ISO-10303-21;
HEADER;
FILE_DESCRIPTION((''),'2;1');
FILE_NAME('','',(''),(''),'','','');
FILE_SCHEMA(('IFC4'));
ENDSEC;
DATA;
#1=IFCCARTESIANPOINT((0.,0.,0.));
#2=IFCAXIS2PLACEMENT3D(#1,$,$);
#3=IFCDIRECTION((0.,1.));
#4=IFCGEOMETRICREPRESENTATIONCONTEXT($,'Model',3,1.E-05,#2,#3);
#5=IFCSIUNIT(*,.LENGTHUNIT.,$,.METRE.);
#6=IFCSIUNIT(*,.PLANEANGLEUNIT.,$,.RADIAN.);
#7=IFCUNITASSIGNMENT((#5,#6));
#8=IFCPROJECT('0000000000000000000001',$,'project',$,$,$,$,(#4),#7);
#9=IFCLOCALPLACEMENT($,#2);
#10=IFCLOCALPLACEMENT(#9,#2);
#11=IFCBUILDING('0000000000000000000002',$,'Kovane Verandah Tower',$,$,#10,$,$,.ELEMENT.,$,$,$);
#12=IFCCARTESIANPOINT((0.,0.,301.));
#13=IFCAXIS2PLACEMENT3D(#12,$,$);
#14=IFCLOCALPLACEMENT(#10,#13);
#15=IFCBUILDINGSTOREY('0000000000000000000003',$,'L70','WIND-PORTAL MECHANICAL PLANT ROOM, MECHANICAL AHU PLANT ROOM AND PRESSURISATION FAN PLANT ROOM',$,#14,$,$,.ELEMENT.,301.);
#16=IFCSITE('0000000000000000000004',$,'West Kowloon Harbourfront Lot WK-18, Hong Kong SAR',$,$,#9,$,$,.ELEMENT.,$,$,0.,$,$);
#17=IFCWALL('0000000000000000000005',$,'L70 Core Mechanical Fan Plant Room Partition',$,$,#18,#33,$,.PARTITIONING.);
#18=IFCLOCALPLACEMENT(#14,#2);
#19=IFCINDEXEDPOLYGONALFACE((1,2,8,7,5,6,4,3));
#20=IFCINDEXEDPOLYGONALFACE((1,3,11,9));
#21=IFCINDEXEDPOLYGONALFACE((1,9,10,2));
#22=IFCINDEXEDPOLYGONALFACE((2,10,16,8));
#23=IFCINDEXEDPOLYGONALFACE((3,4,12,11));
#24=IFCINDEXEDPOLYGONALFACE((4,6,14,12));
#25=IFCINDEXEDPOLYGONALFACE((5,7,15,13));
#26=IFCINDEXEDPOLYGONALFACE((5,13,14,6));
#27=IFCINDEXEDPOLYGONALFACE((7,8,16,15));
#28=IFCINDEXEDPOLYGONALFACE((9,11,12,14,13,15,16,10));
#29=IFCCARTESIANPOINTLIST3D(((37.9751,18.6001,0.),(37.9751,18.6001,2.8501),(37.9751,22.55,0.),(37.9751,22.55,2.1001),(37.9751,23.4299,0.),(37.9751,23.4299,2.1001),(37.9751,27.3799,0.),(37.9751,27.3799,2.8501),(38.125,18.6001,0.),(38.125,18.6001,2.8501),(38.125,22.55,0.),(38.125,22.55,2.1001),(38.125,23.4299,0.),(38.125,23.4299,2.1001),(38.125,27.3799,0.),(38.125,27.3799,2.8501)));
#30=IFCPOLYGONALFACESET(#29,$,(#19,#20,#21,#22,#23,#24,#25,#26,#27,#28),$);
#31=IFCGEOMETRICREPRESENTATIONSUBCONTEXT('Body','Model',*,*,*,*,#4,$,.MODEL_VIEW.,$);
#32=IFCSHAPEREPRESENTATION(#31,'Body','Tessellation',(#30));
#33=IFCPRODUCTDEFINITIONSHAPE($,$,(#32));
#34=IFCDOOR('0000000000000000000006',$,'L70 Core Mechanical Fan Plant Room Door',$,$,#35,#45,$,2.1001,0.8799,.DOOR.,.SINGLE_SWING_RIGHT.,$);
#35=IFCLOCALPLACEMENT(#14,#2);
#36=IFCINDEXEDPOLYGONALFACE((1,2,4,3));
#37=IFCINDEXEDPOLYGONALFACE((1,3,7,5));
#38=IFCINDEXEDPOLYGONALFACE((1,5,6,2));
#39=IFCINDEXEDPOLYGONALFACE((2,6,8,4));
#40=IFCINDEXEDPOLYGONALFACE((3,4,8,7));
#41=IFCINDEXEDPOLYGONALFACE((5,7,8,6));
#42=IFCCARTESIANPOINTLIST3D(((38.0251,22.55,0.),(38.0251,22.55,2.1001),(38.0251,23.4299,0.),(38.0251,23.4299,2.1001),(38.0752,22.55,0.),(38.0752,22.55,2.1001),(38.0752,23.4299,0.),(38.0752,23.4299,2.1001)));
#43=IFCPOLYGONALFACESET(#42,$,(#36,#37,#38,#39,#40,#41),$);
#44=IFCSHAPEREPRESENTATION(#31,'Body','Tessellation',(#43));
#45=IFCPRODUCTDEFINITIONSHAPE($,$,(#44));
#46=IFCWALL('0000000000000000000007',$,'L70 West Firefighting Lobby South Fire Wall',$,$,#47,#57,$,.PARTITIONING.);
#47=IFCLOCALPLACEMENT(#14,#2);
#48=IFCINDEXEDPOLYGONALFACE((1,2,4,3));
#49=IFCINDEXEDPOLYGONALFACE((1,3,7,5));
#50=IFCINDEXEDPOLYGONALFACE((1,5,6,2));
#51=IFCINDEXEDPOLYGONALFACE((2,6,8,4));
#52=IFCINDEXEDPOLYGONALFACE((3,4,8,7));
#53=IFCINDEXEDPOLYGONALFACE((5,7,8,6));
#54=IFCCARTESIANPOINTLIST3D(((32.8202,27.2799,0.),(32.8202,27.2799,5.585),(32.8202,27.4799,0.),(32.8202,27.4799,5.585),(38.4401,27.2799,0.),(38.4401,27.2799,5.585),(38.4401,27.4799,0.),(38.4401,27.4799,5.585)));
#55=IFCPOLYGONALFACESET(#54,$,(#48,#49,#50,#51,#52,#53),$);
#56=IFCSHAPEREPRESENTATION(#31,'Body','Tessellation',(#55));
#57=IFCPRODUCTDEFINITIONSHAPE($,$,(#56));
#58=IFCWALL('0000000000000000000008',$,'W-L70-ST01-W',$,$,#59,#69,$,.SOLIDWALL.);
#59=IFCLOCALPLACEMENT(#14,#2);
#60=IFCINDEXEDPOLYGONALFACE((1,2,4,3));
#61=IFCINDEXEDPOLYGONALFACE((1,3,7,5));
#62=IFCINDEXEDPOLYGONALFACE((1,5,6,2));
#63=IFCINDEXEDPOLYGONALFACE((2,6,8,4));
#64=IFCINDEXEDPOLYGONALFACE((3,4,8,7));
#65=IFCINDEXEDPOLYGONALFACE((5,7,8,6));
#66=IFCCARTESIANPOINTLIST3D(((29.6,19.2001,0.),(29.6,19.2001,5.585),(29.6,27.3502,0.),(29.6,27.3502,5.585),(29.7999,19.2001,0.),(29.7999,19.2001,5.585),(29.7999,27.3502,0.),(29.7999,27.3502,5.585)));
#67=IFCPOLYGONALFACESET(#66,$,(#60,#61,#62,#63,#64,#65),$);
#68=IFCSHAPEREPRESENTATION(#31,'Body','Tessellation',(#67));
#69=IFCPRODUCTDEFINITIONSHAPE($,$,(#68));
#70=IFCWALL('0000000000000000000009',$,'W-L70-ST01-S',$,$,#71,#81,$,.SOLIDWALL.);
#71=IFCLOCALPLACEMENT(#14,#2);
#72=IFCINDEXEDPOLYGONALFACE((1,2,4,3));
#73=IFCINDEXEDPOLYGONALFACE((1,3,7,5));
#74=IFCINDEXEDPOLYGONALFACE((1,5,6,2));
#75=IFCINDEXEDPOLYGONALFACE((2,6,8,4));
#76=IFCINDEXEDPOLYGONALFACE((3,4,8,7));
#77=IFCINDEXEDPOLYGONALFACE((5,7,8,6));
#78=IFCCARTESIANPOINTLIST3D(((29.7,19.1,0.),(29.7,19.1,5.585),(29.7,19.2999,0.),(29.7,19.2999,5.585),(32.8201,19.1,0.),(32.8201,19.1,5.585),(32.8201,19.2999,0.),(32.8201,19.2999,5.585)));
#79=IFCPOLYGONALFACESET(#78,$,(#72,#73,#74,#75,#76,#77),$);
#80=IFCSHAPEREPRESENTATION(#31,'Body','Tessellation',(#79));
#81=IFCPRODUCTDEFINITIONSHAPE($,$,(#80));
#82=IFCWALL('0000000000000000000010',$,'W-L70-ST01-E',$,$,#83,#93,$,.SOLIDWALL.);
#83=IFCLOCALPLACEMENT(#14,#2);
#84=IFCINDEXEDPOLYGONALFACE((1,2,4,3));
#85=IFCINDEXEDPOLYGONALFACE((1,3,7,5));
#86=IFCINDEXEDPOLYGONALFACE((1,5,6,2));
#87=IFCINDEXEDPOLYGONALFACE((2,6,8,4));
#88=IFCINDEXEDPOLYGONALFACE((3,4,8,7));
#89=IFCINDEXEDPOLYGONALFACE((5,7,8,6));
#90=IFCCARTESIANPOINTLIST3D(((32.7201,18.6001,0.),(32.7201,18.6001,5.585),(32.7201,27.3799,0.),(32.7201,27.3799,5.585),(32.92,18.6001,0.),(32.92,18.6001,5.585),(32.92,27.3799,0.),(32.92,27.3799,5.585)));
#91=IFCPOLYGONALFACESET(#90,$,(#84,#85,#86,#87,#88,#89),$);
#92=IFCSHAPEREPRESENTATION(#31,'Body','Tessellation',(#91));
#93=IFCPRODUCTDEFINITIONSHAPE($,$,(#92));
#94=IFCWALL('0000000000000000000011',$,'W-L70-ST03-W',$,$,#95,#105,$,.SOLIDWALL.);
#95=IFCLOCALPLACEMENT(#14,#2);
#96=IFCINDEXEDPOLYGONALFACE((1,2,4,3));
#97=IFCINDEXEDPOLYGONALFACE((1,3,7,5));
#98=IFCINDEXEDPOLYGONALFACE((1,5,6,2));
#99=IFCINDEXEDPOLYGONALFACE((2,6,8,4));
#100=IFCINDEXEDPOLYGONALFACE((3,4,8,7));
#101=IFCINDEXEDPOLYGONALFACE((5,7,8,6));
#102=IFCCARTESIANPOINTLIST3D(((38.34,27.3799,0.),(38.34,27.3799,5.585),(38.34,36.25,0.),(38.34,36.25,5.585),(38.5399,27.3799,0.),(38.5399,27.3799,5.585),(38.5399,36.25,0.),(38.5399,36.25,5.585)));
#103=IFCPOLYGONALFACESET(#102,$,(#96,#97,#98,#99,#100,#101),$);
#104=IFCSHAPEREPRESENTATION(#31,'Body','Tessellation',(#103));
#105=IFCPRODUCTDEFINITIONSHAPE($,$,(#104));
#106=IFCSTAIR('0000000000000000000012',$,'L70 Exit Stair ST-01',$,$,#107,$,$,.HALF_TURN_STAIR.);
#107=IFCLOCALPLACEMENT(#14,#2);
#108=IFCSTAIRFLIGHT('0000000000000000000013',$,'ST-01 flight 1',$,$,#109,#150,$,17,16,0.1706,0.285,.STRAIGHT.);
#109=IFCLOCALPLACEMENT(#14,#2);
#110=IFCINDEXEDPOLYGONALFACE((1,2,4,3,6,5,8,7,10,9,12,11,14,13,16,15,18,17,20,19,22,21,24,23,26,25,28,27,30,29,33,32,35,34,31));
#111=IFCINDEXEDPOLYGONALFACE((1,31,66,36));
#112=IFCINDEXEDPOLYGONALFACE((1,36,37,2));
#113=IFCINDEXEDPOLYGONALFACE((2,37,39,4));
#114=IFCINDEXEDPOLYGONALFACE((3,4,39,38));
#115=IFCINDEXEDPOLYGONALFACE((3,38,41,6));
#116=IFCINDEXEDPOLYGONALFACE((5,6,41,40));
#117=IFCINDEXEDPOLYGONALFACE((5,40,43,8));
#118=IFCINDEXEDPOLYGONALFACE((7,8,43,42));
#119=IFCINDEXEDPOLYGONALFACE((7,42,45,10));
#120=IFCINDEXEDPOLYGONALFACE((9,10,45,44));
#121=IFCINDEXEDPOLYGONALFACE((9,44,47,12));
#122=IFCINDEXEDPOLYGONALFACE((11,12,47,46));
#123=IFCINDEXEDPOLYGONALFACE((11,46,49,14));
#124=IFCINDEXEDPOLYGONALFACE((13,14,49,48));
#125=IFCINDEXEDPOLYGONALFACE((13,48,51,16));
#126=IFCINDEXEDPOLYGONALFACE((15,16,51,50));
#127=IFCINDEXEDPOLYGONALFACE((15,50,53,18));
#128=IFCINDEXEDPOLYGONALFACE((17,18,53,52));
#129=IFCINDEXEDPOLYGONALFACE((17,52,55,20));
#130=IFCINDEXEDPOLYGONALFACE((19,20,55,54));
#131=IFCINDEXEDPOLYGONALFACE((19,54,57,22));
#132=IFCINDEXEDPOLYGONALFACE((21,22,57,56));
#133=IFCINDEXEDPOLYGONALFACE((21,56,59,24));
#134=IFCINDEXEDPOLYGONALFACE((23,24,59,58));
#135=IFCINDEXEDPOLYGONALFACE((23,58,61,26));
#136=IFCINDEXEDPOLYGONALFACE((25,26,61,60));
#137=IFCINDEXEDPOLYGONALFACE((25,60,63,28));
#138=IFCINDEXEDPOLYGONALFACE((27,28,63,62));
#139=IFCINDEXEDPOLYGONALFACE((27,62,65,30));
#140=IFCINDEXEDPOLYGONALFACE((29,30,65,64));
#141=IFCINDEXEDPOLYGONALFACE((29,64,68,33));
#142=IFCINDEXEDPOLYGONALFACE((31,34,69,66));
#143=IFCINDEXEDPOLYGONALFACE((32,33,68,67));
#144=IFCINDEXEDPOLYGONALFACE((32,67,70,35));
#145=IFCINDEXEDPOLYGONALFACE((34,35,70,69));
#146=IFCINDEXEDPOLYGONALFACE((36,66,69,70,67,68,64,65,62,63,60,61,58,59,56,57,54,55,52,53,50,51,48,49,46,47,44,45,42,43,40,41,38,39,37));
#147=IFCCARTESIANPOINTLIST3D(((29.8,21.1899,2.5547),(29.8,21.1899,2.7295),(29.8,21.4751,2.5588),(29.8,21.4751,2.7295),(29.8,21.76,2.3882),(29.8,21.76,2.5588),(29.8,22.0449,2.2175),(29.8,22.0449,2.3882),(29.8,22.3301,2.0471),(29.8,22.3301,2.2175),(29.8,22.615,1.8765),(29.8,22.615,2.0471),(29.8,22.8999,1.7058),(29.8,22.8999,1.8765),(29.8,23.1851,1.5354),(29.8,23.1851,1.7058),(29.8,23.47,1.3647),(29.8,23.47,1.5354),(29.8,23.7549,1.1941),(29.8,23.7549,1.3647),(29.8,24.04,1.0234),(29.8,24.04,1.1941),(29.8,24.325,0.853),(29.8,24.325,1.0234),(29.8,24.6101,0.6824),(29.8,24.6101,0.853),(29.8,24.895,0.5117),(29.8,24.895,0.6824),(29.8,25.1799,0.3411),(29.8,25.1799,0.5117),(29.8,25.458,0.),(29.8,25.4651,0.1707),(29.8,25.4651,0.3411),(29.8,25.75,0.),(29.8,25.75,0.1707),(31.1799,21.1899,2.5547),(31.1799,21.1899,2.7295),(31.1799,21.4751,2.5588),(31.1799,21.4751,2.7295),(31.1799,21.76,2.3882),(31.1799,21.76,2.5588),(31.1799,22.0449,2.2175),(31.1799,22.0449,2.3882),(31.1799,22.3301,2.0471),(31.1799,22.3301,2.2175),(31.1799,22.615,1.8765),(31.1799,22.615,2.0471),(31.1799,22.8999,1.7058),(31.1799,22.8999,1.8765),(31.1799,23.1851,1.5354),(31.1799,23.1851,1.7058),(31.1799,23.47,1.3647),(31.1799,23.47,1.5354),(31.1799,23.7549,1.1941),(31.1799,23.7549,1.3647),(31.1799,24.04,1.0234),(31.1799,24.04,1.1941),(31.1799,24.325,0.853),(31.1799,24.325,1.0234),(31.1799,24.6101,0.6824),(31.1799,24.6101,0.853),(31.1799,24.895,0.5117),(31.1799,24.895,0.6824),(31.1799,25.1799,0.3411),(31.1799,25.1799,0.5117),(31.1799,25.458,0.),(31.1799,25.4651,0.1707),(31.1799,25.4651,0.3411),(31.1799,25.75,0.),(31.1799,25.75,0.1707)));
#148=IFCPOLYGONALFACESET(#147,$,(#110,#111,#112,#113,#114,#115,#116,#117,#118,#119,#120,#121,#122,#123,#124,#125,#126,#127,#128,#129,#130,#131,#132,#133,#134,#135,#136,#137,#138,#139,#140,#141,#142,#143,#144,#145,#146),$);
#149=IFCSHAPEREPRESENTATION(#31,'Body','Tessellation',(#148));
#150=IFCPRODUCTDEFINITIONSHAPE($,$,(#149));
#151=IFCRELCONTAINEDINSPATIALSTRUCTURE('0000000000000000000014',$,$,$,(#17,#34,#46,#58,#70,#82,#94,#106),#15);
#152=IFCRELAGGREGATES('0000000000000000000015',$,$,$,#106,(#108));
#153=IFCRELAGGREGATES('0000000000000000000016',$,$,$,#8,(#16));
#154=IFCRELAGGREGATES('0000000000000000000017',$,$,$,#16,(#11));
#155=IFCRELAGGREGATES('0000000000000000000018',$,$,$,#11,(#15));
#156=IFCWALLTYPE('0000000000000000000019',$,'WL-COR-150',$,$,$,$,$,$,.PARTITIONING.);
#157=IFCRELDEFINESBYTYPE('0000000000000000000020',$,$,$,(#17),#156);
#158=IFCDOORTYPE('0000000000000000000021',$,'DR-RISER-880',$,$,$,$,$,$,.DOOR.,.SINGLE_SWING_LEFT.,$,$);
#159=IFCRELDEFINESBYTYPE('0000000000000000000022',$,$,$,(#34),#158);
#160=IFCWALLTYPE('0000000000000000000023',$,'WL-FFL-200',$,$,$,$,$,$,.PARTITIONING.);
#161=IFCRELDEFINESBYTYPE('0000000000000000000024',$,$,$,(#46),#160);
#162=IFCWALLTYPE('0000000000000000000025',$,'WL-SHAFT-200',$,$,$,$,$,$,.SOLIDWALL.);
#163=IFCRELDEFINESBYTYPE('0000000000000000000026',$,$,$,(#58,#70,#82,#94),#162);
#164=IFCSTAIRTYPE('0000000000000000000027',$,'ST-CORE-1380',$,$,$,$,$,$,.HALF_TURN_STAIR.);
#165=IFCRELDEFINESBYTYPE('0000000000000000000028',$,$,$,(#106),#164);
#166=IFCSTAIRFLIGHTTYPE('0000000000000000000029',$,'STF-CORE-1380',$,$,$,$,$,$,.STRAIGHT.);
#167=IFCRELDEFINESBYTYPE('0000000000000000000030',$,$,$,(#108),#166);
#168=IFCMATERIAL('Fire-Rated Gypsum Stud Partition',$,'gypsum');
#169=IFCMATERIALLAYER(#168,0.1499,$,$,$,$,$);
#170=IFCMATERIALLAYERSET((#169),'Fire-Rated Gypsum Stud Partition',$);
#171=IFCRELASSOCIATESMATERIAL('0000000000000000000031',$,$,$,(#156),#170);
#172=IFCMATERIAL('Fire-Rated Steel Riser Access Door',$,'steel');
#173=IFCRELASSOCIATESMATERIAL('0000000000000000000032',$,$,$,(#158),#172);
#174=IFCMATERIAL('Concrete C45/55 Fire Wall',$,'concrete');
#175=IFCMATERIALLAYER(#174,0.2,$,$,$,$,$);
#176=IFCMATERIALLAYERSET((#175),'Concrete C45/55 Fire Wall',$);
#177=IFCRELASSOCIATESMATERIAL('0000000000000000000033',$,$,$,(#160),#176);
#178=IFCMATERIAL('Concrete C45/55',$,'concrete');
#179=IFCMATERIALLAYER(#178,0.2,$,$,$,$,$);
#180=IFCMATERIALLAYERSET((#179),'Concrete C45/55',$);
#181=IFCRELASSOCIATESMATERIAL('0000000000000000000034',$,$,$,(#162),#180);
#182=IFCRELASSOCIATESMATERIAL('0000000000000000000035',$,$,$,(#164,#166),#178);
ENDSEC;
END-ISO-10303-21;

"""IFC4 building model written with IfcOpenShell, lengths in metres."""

from ifc_helpers import new_model, si_unit, direction, frame, frame_2d, origin, place, context, subcontext, project, spatial, polyline, rectangle, outline, extrude, material, layer, layer_set, type_object, element, fill, aggregate, save


model = new_model("IFC4")

# Units and contexts
model_context = context("Model", 3, precision=1e-05, world=origin(), true_north=direction((0.0, 1.0)))
body_context = subcontext(model_context, "Body", "Model", "MODEL_VIEW")
ifc_project = project(units=[si_unit("LENGTHUNIT", "METRE"), si_unit("PLANEANGLEUNIT", "RADIAN")], contexts=[model_context])

# Site, building, storey
site_placement = place(None, origin())
site = spatial("IfcSite", under=ifc_project, at=site_placement, Name="West Kowloon Harbourfront Lot WK-18, Hong Kong SAR", CompositionType="ELEMENT", RefElevation=0.0)
building_placement = place(site_placement, origin())
building = spatial("IfcBuilding", under=site, at=building_placement, Name="Kovane Verandah Tower", CompositionType="ELEMENT")
storey_placement = place(building_placement, frame((0.0, 0.0, 301.0)))
storey = spatial("IfcBuildingStorey", under=building, at=storey_placement, Name="L70", Description="WIND-PORTAL MECHANICAL PLANT ROOM, MECHANICAL AHU PLANT ROOM AND PRESSURISATION FAN PLANT ROOM", CompositionType="ELEMENT", Elevation=301.0)

# Wall, opening, door
ifc_material_1 = material(Name="Fire-Rated Gypsum Stud Partition", Category="gypsum")
ifc_layer_1 = layer(ifc_material_1, 0.1499)
ifc_layer_set_1 = layer_set([ifc_layer_1], Name="Fire-Rated Gypsum Stud Partition")
wall_type_1 = type_object("IfcWallType", Name="WL-COR-150", PredefinedType="PARTITIONING", material=ifc_layer_set_1)
wall_1_placement = place(storey_placement, frame((38.05, 18.6001, 0.0), z_axis=(0.0, 0.0, 1.0), x_axis=(0.0, 1.0, 0.0)))
wall_1 = element("IfcWall", 1, at=wall_1_placement, inside=storey, type_object=wall_type_1, Name="L70 Core Mechanical Fan Plant Room Partition", PredefinedType="PARTITIONING", context=body_context, shape_type="SweptSolid", body=[
    extrude(rectangle(XDim=8.7798, YDim=0.1499, at=frame_2d((4.3899, 0.0))), origin(), (0.0, 0.0, 1.0), 2.8501),
])
opening_1_placement = place(wall_1_placement, frame((3.95, 0.0, 0.0)))
opening_1 = element("IfcOpeningElement", 2, at=opening_1_placement, cuts=wall_1, PredefinedType="OPENING", context=body_context, shape_type="SweptSolid", body=[
    extrude(rectangle(XDim=0.8799, YDim=2.1001, at=frame_2d((0.4399, 1.05))), frame((0.0, 0.075, 0.0), z_axis=(0.0, -1.0, 0.0), x_axis=(1.0, 0.0, 0.0)), (0.0, 0.0, 1.0), 0.1499),
])
ifc_material_2 = material(Name="Fire-Rated Steel Riser Access Door", Category="steel")
door_type_1 = type_object("IfcDoorType", Name="DR-RISER-880", OperationType="SINGLE_SWING_LEFT", PredefinedType="DOOR", material=ifc_material_2)
door_1_placement = place(opening_1_placement, origin())
door_1 = element("IfcDoor", 3, at=door_1_placement, inside=storey, type_object=door_type_1, Name="L70 Core Mechanical Fan Plant Room Door", OperationType="SINGLE_SWING_RIGHT", OverallHeight=2.1001, OverallWidth=0.8799, PredefinedType="DOOR", context=body_context, shape_type="SweptSolid", body=[
    extrude(rectangle(XDim=0.8799, YDim=2.1001, at=frame_2d((0.4399, 1.05))), frame((0.0, 0.0249, 0.0), z_axis=(0.0, -1.0, 0.0), x_axis=(1.0, 0.0, 0.0)), (0.0, 0.0, 1.0), 0.05),
])
fill(opening_1, door_1)
ifc_material_3 = material(Name="Concrete C45/55 Fire Wall", Category="concrete")
ifc_layer_2 = layer(ifc_material_3, 0.2)
ifc_layer_set_2 = layer_set([ifc_layer_2], Name="Concrete C45/55 Fire Wall")
wall_type_2 = type_object("IfcWallType", Name="WL-FFL-200", PredefinedType="PARTITIONING", material=ifc_layer_set_2)

# Walls
wall_2_placement = place(storey_placement, frame((32.8201, 27.3799, 0.0), z_axis=(0.0, 0.0, 1.0), x_axis=(1.0, 0.0, 0.0)))
element("IfcWall", 4, at=wall_2_placement, inside=storey, type_object=wall_type_2, Name="L70 West Firefighting Lobby South Fire Wall", PredefinedType="PARTITIONING", context=body_context, shape_type="SweptSolid", body=[
    extrude(rectangle(XDim=5.6199, YDim=0.2, at=frame_2d((2.8101, 0.0))), origin(), (0.0, 0.0, 1.0), 5.585),
])
ifc_material_4 = material(Name="Concrete C45/55", Category="concrete")
ifc_layer_3 = layer(ifc_material_4, 0.2)
ifc_layer_set_3 = layer_set([ifc_layer_3], Name="Concrete C45/55")
wall_type_3 = type_object("IfcWallType", Name="WL-SHAFT-200", PredefinedType="SOLIDWALL", material=ifc_layer_set_3)
wall_3_placement = place(storey_placement, frame((29.7, 19.2, 0.0), z_axis=(0.0, 0.0, 1.0), x_axis=(0.0, 1.0, 0.0)))
element("IfcWall", 5, at=wall_3_placement, inside=storey, type_object=wall_type_3, Name="W-L70-ST01-W", PredefinedType="SOLIDWALL", context=body_context, shape_type="SweptSolid", body=[
    extrude(rectangle(XDim=8.1501, YDim=0.2, at=frame_2d((4.0752, 0.0))), origin(), (0.0, 0.0, 1.0), 5.585),
])
wall_4_placement = place(storey_placement, frame((29.7, 19.2, 0.0), z_axis=(0.0, 0.0, 1.0), x_axis=(1.0, 0.0, 0.0)))
element("IfcWall", 6, at=wall_4_placement, inside=storey, type_object=wall_type_3, Name="W-L70-ST01-S", PredefinedType="SOLIDWALL", context=body_context, shape_type="SweptSolid", body=[
    extrude(rectangle(XDim=3.1201, YDim=0.2, at=frame_2d((1.5601, 0.0))), origin(), (0.0, 0.0, 1.0), 5.585),
])
wall_5_placement = place(storey_placement, frame((32.8201, 18.6001, 0.0), z_axis=(0.0, 0.0, 1.0), x_axis=(0.0, 1.0, 0.0)))
element("IfcWall", 7, at=wall_5_placement, inside=storey, type_object=wall_type_3, Name="W-L70-ST01-E", PredefinedType="SOLIDWALL", context=body_context, shape_type="SweptSolid", body=[
    extrude(rectangle(XDim=8.7798, YDim=0.2, at=frame_2d((4.3899, 0.0))), origin(), (0.0, 0.0, 1.0), 5.585),
])

# Wall
wall_6_placement = place(storey_placement, frame((38.4399, 27.3799, 0.0), z_axis=(0.0, 0.0, 1.0), x_axis=(0.0, 1.0, 0.0)))
element("IfcWall", 8, at=wall_6_placement, inside=storey, type_object=wall_type_3, Name="W-L70-ST03-W", PredefinedType="SOLIDWALL", context=body_context, shape_type="SweptSolid", body=[
    extrude(rectangle(XDim=8.8701, YDim=0.2, at=frame_2d((4.4351, 0.0))), origin(), (0.0, 0.0, 1.0), 5.585),
])

# Stair, stair flight
stair_type = type_object("IfcStairType", Name="ST-CORE-1380", PredefinedType="HALF_TURN_STAIR", material=ifc_material_4)
stair_placement = place(storey_placement, origin())
stair = element("IfcStair", 9, at=stair_placement, inside=storey, type_object=stair_type, Name="L70 Exit Stair ST-01", PredefinedType="HALF_TURN_STAIR")
stair_flight_type = type_object("IfcStairFlightType", Name="STF-CORE-1380", PredefinedType="STRAIGHT", material=ifc_material_4)
stair_flight_1_placement = place(storey_placement, frame((30.49, 25.75, 0.0), z_axis=(0.0, 0.0, 1.0), x_axis=(0.0, -1.0, 0.0)))
stair_flight_1 = element("IfcStairFlight", 10, at=stair_flight_1_placement, type_object=stair_flight_type, Name="ST-01 flight 1", NumberOfRisers=17, NumberOfTreads=16, PredefinedType="STRAIGHT", RiserHeight=0.1706, TreadLength=0.285, context=body_context, shape_type="SweptSolid", body=[
    extrude(outline(polyline([(0.0, 0.0), (0.0, 0.1707), (0.2849, 0.1707), (0.2849, 0.3411), (0.5701, 0.3411), (0.5701, 0.5117), (0.855, 0.5117), (0.855, 0.6824), (1.1399, 0.6824), (1.1399, 0.853), (1.425, 0.853), (1.425, 1.0234), (1.71, 1.0234), (1.71, 1.1941), (1.9951, 1.1941), (1.9951, 1.3647), (2.28, 1.3647), (2.28, 1.5354), (2.5649, 1.5354), (2.5649, 1.7058), (2.8501, 1.7058), (2.8501, 1.8765), (3.135, 1.8765), (3.135, 2.0471), (3.4199, 2.0471), (3.4199, 2.2175), (3.7051, 2.2175), (3.7051, 2.3882), (3.99, 2.3882), (3.99, 2.5588), (4.2749, 2.5588), (4.2749, 2.7295), (4.5601, 2.7295), (4.5601, 2.8999), (4.5601, 2.5547), (0.292, 0.0), (0.0, 0.0)])), frame((0.0, 0.6899, 0.0), z_axis=(0.0, -1.0, 0.0), x_axis=(1.0, 0.0, 0.0)), (0.0, 0.0, 1.0), 1.3799),
])
aggregate(stair, [stair_flight_1])

save(model, "model.ifc")
